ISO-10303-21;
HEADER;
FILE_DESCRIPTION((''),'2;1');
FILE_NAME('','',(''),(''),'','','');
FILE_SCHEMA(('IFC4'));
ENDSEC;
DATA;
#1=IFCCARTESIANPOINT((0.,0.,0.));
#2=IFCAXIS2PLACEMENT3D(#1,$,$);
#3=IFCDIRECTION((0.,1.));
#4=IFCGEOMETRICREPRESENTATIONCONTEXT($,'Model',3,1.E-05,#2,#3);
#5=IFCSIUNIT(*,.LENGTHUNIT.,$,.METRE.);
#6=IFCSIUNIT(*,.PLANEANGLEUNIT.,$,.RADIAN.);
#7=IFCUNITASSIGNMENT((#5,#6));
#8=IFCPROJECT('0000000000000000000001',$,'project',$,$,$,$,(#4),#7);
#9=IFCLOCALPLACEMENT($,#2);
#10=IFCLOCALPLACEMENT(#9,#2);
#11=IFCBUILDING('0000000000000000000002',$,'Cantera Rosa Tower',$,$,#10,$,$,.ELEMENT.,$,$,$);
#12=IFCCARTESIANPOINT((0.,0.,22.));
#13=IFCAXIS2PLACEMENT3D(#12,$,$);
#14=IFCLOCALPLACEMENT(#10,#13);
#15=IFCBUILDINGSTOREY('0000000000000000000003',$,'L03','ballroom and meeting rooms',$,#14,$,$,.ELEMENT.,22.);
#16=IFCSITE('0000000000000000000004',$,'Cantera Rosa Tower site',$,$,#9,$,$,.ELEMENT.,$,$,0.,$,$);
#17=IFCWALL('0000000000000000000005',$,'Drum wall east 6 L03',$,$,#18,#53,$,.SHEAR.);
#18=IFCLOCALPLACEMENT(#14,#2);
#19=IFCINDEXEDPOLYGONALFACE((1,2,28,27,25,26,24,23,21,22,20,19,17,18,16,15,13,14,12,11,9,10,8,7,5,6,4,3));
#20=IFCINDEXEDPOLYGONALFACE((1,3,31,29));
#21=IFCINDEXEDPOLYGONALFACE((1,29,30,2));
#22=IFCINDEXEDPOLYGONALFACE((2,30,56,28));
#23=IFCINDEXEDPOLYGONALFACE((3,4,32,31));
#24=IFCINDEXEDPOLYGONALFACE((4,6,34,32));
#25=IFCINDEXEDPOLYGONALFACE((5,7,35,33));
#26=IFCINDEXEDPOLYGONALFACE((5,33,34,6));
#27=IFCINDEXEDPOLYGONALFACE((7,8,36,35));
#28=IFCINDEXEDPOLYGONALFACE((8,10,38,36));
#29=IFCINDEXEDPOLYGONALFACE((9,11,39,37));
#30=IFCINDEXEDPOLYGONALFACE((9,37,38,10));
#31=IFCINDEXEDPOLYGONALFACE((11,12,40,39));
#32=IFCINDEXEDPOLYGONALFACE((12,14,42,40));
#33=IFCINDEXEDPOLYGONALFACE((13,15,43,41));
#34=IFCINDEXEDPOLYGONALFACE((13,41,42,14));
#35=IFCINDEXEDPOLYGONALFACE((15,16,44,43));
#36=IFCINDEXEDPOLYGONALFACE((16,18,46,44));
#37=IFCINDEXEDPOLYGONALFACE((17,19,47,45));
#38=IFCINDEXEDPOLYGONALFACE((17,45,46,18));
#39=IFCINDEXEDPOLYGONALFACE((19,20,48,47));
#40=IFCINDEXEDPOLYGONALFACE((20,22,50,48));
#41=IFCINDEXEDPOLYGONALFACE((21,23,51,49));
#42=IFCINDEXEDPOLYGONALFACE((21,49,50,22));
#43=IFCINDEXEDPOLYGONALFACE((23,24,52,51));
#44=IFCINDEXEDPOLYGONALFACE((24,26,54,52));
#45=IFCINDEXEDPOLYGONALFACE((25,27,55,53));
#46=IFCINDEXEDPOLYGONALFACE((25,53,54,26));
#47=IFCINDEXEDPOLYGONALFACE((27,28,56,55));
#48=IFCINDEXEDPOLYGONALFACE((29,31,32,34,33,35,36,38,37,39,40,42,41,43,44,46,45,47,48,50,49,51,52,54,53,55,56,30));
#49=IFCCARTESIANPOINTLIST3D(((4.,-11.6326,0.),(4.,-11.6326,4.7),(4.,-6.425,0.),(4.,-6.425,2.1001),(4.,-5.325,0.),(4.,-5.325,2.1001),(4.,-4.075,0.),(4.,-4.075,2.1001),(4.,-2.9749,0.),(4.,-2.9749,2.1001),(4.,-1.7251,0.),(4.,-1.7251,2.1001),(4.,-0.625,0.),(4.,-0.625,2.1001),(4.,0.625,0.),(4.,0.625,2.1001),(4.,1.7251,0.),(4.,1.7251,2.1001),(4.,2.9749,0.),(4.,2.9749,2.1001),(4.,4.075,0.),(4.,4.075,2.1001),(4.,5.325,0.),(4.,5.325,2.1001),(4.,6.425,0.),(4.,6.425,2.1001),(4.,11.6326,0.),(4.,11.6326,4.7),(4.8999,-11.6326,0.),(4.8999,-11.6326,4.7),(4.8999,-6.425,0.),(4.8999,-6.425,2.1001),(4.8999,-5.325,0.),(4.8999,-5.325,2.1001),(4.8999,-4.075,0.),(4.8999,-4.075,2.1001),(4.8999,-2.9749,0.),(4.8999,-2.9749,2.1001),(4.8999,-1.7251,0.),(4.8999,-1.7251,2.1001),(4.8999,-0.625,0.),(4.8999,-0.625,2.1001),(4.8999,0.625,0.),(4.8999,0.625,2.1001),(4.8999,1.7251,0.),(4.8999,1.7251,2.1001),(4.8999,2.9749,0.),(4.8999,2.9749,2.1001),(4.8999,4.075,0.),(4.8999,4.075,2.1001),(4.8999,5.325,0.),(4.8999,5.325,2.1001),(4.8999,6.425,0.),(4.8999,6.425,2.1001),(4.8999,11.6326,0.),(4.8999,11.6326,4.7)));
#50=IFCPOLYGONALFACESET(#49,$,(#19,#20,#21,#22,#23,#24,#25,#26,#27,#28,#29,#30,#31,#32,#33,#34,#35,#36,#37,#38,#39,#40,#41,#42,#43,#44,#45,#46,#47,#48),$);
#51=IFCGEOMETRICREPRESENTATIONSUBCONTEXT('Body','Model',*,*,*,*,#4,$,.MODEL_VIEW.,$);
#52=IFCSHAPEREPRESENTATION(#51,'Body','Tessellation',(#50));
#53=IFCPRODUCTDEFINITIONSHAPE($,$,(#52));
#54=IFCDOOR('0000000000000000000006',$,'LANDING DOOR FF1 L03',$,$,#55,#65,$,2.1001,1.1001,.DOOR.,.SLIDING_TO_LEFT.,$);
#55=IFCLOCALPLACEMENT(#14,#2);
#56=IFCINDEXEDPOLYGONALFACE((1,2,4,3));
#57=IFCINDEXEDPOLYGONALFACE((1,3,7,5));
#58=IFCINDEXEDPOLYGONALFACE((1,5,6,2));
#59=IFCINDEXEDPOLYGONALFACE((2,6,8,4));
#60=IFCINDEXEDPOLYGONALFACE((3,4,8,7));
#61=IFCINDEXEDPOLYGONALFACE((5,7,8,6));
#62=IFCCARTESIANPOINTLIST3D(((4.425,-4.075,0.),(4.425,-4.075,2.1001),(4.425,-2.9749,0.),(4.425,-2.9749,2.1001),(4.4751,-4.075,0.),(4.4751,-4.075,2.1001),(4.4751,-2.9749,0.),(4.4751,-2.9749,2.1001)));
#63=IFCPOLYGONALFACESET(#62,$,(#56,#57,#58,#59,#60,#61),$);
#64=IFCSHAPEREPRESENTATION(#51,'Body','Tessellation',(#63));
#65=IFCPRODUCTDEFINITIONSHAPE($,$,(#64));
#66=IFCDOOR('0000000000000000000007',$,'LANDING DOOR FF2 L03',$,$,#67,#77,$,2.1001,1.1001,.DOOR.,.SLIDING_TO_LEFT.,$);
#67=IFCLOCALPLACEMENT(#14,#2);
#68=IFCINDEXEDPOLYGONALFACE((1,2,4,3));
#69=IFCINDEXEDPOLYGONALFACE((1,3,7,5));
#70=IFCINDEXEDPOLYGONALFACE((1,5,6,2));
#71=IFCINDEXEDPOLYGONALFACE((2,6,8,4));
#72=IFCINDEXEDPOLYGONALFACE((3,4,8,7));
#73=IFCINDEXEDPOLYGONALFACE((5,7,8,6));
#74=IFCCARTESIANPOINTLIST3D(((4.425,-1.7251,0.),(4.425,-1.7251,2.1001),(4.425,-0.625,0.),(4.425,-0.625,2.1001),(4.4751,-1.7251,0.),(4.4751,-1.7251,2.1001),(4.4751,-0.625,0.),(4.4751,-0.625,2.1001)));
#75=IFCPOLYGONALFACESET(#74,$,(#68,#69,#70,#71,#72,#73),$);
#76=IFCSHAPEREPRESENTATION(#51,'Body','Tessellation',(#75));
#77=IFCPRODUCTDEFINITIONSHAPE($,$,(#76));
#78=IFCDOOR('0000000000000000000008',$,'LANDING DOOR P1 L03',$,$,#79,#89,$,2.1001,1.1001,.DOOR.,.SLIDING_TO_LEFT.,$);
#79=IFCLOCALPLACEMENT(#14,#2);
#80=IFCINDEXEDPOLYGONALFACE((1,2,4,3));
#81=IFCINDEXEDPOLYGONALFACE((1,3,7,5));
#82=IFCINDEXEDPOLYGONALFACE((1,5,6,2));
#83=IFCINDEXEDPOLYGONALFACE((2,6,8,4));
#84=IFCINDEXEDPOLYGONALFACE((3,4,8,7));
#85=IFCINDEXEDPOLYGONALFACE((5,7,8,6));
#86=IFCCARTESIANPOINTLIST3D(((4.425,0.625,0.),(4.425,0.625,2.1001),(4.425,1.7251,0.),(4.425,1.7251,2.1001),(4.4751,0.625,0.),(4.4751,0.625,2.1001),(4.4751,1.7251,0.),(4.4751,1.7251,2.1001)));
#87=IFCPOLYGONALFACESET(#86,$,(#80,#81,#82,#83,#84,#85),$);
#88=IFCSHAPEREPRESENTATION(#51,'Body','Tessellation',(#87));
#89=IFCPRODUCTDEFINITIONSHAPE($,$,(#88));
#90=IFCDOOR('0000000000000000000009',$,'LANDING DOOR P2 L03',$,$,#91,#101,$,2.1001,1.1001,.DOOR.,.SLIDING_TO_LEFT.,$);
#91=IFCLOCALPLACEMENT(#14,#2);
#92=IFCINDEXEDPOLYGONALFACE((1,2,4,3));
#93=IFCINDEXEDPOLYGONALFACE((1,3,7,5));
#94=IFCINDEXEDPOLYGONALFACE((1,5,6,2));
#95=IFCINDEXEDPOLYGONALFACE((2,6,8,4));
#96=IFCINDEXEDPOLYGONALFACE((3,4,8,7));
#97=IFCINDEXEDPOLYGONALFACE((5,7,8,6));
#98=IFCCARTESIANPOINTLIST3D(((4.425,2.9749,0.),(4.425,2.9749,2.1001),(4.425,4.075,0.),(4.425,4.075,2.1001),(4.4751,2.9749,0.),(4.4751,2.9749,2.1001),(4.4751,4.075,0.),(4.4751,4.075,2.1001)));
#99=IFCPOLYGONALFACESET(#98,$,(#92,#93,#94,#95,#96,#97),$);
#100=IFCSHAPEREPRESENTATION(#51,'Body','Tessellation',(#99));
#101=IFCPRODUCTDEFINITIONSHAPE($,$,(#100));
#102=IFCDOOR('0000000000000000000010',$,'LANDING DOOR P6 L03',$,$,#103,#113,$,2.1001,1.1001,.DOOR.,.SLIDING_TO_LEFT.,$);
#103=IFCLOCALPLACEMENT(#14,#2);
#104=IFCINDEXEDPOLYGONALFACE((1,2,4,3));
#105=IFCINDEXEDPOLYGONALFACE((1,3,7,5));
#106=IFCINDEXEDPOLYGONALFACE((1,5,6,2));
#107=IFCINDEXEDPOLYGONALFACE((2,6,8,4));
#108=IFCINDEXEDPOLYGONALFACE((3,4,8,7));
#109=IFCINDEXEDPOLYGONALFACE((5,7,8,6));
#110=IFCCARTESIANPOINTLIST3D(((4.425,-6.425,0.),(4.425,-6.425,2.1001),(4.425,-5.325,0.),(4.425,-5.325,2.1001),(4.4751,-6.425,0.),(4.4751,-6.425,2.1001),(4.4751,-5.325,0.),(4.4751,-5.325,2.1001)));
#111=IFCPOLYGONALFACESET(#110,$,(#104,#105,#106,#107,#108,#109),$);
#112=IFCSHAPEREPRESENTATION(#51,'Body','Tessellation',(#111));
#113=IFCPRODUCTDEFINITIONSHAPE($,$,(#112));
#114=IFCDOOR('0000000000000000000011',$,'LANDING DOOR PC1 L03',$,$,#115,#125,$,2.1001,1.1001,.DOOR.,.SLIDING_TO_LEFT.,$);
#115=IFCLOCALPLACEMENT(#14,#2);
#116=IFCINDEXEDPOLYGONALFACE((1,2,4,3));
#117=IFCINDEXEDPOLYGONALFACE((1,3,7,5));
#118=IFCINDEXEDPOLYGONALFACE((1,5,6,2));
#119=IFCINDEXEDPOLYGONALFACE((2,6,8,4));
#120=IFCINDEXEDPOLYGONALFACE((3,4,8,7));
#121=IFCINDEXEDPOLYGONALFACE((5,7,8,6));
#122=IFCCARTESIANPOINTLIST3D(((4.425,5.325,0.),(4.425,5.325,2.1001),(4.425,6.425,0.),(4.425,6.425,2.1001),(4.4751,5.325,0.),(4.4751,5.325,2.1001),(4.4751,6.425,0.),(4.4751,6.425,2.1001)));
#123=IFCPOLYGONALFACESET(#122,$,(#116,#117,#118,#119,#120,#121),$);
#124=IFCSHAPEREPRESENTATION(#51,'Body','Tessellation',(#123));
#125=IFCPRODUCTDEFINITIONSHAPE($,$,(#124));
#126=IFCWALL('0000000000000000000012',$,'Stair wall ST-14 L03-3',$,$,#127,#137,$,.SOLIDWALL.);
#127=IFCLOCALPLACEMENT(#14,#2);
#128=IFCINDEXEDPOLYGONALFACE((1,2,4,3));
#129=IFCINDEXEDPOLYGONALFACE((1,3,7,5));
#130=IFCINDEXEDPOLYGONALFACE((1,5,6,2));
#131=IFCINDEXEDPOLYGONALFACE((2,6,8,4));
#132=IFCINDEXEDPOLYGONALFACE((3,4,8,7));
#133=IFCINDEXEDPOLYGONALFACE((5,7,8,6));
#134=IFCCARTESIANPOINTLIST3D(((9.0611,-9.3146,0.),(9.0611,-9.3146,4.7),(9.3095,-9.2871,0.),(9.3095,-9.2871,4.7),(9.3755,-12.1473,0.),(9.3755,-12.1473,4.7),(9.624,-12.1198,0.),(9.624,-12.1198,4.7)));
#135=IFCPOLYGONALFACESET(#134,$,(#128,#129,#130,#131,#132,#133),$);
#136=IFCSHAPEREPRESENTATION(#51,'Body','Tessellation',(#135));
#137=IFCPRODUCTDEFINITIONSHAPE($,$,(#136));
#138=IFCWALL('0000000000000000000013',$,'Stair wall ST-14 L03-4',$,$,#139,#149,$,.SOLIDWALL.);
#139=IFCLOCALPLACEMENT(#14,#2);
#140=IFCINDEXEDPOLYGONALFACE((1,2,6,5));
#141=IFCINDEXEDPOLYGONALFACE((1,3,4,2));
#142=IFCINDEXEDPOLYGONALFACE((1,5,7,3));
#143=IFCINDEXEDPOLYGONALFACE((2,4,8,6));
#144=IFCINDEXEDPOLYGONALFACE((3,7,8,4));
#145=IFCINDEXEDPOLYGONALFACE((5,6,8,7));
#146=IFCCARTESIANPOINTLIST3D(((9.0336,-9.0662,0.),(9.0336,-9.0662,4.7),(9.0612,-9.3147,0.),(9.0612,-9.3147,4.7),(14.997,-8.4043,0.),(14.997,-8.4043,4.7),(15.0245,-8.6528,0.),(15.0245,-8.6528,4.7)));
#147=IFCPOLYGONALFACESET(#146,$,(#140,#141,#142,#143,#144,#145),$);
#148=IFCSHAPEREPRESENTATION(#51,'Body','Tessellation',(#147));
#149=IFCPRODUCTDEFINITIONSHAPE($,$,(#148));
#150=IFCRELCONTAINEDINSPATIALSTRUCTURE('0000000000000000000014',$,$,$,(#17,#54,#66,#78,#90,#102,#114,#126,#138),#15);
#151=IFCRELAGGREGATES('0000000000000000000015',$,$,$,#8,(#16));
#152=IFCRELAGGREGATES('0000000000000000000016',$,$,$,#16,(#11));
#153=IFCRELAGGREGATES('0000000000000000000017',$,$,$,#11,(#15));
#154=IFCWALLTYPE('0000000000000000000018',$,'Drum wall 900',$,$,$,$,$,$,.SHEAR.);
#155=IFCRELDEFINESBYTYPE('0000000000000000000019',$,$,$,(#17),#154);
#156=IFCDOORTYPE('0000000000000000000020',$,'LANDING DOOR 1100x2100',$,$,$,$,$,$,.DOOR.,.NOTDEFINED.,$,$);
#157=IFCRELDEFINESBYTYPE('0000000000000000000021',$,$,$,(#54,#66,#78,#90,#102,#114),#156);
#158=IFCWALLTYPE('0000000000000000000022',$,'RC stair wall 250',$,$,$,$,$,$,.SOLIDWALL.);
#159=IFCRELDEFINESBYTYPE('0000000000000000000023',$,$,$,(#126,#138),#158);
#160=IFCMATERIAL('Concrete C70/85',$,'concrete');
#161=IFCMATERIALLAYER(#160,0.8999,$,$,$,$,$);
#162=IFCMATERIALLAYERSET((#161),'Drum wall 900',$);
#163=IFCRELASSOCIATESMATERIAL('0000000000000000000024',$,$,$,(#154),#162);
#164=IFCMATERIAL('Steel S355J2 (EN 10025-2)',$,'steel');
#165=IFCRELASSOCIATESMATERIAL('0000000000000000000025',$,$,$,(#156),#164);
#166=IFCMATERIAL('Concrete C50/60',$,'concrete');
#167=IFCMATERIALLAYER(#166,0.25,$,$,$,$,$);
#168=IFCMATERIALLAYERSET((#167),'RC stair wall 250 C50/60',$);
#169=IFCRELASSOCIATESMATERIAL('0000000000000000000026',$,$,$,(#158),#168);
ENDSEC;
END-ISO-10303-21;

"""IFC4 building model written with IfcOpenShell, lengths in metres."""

from ifc_helpers import new_model, si_unit, direction, frame, frame_2d, origin, place, context, subcontext, project, spatial, rectangle, extrude, material, layer, layer_set, type_object, element, fill, save


model = new_model("IFC4")

# Units and contexts
model_context = context("Model", 3, precision=1e-05, world=origin(), true_north=direction((0.0, 1.0)))
body_context = subcontext(model_context, "Body", "Model", "MODEL_VIEW")
ifc_project = project(units=[si_unit("LENGTHUNIT", "METRE"), si_unit("PLANEANGLEUNIT", "RADIAN")], contexts=[model_context])

# Site, building, storey
site_placement = place(None, origin())
site = spatial("IfcSite", under=ifc_project, at=site_placement, Name="Cantera Rosa Tower site", CompositionType="ELEMENT", RefElevation=0.0)
building_placement = place(site_placement, origin())
building = spatial("IfcBuilding", under=site, at=building_placement, Name="Cantera Rosa Tower", CompositionType="ELEMENT")
storey_placement = place(building_placement, frame((0.0, 0.0, 22.0)))
storey = spatial("IfcBuildingStorey", under=building, at=storey_placement, Name="L03", Description="ballroom and meeting rooms", CompositionType="ELEMENT", Elevation=22.0)

# Wall, openings, doors
ifc_material_1 = material(Name="Concrete C70/85", Category="concrete")
ifc_layer_1 = layer(ifc_material_1, 0.8999)
ifc_layer_set_1 = layer_set([ifc_layer_1], Name="Drum wall 900")
wall_type_1 = type_object("IfcWallType", Name="Drum wall 900", PredefinedType="SHEAR", material=ifc_layer_set_1)
wall_1_placement = place(storey_placement, frame((4.45, -11.6326, 0.0), z_axis=(0.0, 0.0, 1.0), x_axis=(0.0, 1.0, 0.0)))
wall_1 = element("IfcWall", 1, at=wall_1_placement, inside=storey, type_object=wall_type_1, Name="Drum wall east 6 L03", PredefinedType="SHEAR", context=body_context, shape_type="SweptSolid", body=[
    extrude(rectangle(XDim=23.2651, YDim=0.8999, at=frame_2d((11.6326, 0.0))), origin(), (0.0, 0.0, 1.0), 4.7),
])
opening_1_placement = place(wall_1_placement, frame((7.5576, 0.0, 0.0)))
opening_1 = element("IfcOpeningElement", 2, at=opening_1_placement, cuts=wall_1, PredefinedType="OPENING", context=body_context, shape_type="SweptSolid", body=[
    extrude(rectangle(XDim=1.1001, YDim=2.1001, at=frame_2d((0.55, 1.05))), frame((0.0, 0.46, 0.0), z_axis=(0.0, -1.0, 0.0), x_axis=(1.0, 0.0, 0.0)), (0.0, 0.0, 1.0), 0.9199),
])
opening_2_placement = place(wall_1_placement, frame((9.9075, 0.0, 0.0)))
opening_2 = element("IfcOpeningElement", 3, at=opening_2_placement, cuts=wall_1, PredefinedType="OPENING", context=body_context, shape_type="SweptSolid", body=[
    extrude(rectangle(XDim=1.1001, YDim=2.1001, at=frame_2d((0.55, 1.05))), frame((0.0, 0.46, 0.0), z_axis=(0.0, -1.0, 0.0), x_axis=(1.0, 0.0, 0.0)), (0.0, 0.0, 1.0), 0.9199),
])
opening_3_placement = place(wall_1_placement, frame((12.2576, 0.0, 0.0)))
opening_3 = element("IfcOpeningElement", 4, at=opening_3_placement, cuts=wall_1, PredefinedType="OPENING", context=body_context, shape_type="SweptSolid", body=[
    extrude(rectangle(XDim=1.1001, YDim=2.1001, at=frame_2d((0.55, 1.05))), frame((0.0, 0.46, 0.0), z_axis=(0.0, -1.0, 0.0), x_axis=(1.0, 0.0, 0.0)), (0.0, 0.0, 1.0), 0.9199),
])
opening_4_placement = place(wall_1_placement, frame((14.6074, 0.0, 0.0)))
opening_4 = element("IfcOpeningElement", 5, at=opening_4_placement, cuts=wall_1, PredefinedType="OPENING", context=body_context, shape_type="SweptSolid", body=[
    extrude(rectangle(XDim=1.1001, YDim=2.1001, at=frame_2d((0.55, 1.05))), frame((0.0, 0.46, 0.0), z_axis=(0.0, -1.0, 0.0), x_axis=(1.0, 0.0, 0.0)), (0.0, 0.0, 1.0), 0.9199),
])
opening_5_placement = place(wall_1_placement, frame((5.2075, 0.0, 0.0)))
opening_5 = element("IfcOpeningElement", 6, at=opening_5_placement, cuts=wall_1, PredefinedType="OPENING", context=body_context, shape_type="SweptSolid", body=[
    extrude(rectangle(XDim=1.1001, YDim=2.1001, at=frame_2d((0.55, 1.05))), frame((0.0, 0.46, 0.0), z_axis=(0.0, -1.0, 0.0), x_axis=(1.0, 0.0, 0.0)), (0.0, 0.0, 1.0), 0.9199),
])
opening_6_placement = place(wall_1_placement, frame((16.9575, 0.0, 0.0)))
opening_6 = element("IfcOpeningElement", 7, at=opening_6_placement, cuts=wall_1, PredefinedType="OPENING", context=body_context, shape_type="SweptSolid", body=[
    extrude(rectangle(XDim=1.1001, YDim=2.1001, at=frame_2d((0.55, 1.05))), frame((0.0, 0.46, 0.0), z_axis=(0.0, -1.0, 0.0), x_axis=(1.0, 0.0, 0.0)), (0.0, 0.0, 1.0), 0.9199),
])
ifc_material_2 = material(Name="Steel S355J2 (EN 10025-2)", Category="steel")
door_type_1 = type_object("IfcDoorType", Name="LANDING DOOR 1100x2100", OperationType="NOTDEFINED", PredefinedType="DOOR", material=ifc_material_2)
door_1_placement = place(opening_1_placement, origin())
door_1 = element("IfcDoor", 8, at=door_1_placement, inside=storey, type_object=door_type_1, Name="LANDING DOOR FF1 L03", OperationType="SLIDING_TO_LEFT", OverallHeight=2.1001, OverallWidth=1.1001, PredefinedType="DOOR", context=body_context, shape_type="SweptSolid", body=[
    extrude(rectangle(XDim=1.1001, YDim=2.1001, at=frame_2d((0.55, 1.05))), frame((0.0, 0.0249, 0.0), z_axis=(0.0, -1.0, 0.0), x_axis=(1.0, 0.0, 0.0)), (0.0, 0.0, 1.0), 0.05),
])
fill(opening_1, door_1)
door_2_placement = place(opening_2_placement, origin())
door_2 = element("IfcDoor", 9, at=door_2_placement, inside=storey, type_object=door_type_1, Name="LANDING DOOR FF2 L03", OperationType="SLIDING_TO_LEFT", OverallHeight=2.1001, OverallWidth=1.1001, PredefinedType="DOOR", context=body_context, shape_type="SweptSolid", body=[
    extrude(rectangle(XDim=1.1001, YDim=2.1001, at=frame_2d((0.55, 1.05))), frame((0.0, 0.0249, 0.0), z_axis=(0.0, -1.0, 0.0), x_axis=(1.0, 0.0, 0.0)), (0.0, 0.0, 1.0), 0.05),
])
fill(opening_2, door_2)
door_3_placement = place(opening_3_placement, origin())
door_3 = element("IfcDoor", 10, at=door_3_placement, inside=storey, type_object=door_type_1, Name="LANDING DOOR P1 L03", OperationType="SLIDING_TO_LEFT", OverallHeight=2.1001, OverallWidth=1.1001, PredefinedType="DOOR", context=body_context, shape_type="SweptSolid", body=[
    extrude(rectangle(XDim=1.1001, YDim=2.1001, at=frame_2d((0.55, 1.05))), frame((0.0, 0.0249, 0.0), z_axis=(0.0, -1.0, 0.0), x_axis=(1.0, 0.0, 0.0)), (0.0, 0.0, 1.0), 0.05),
])
fill(opening_3, door_3)
door_4_placement = place(opening_4_placement, origin())
door_4 = element("IfcDoor", 11, at=door_4_placement, inside=storey, type_object=door_type_1, Name="LANDING DOOR P2 L03", OperationType="SLIDING_TO_LEFT", OverallHeight=2.1001, OverallWidth=1.1001, PredefinedType="DOOR", context=body_context, shape_type="SweptSolid", body=[
    extrude(rectangle(XDim=1.1001, YDim=2.1001, at=frame_2d((0.55, 1.05))), frame((0.0, 0.0249, 0.0), z_axis=(0.0, -1.0, 0.0), x_axis=(1.0, 0.0, 0.0)), (0.0, 0.0, 1.0), 0.05),
])
fill(opening_4, door_4)
door_5_placement = place(opening_5_placement, origin())
door_5 = element("IfcDoor", 12, at=door_5_placement, inside=storey, type_object=door_type_1, Name="LANDING DOOR P6 L03", OperationType="SLIDING_TO_LEFT", OverallHeight=2.1001, OverallWidth=1.1001, PredefinedType="DOOR", context=body_context, shape_type="SweptSolid", body=[
    extrude(rectangle(XDim=1.1001, YDim=2.1001, at=frame_2d((0.55, 1.05))), frame((0.0, 0.0249, 0.0), z_axis=(0.0, -1.0, 0.0), x_axis=(1.0, 0.0, 0.0)), (0.0, 0.0, 1.0), 0.05),
])
fill(opening_5, door_5)
door_6_placement = place(opening_6_placement, origin())
door_6 = element("IfcDoor", 13, at=door_6_placement, inside=storey, type_object=door_type_1, Name="LANDING DOOR PC1 L03", OperationType="SLIDING_TO_LEFT", OverallHeight=2.1001, OverallWidth=1.1001, PredefinedType="DOOR", context=body_context, shape_type="SweptSolid", body=[
    extrude(rectangle(XDim=1.1001, YDim=2.1001, at=frame_2d((0.55, 1.05))), frame((0.0, 0.0249, 0.0), z_axis=(0.0, -1.0, 0.0), x_axis=(1.0, 0.0, 0.0)), (0.0, 0.0, 1.0), 0.05),
])
fill(opening_6, door_6)

# Walls
ifc_material_3 = material(Name="Concrete C50/60", Category="concrete")
ifc_layer_2 = layer(ifc_material_3, 0.25)
ifc_layer_set_2 = layer_set([ifc_layer_2], Name="RC stair wall 250 C50/60")
wall_type_2 = type_object("IfcWallType", Name="RC stair wall 250", PredefinedType="SOLIDWALL", material=ifc_layer_set_2)
wall_2_placement = place(storey_placement, frame((9.4998, -12.1335, 0.0), z_axis=(0.0, 0.0, 1.0), x_axis=(-0.110328, 0.993895, 0.0)))
element("IfcWall", 14, at=wall_2_placement, inside=storey, type_object=wall_type_2, Name="Stair wall ST-14 L03-3", PredefinedType="SOLIDWALL", context=body_context, shape_type="SweptSolid", body=[
    extrude(rectangle(XDim=2.8501, YDim=0.25, at=frame_2d((1.425, 0.0))), origin(), (0.0, 0.0, 1.0), 4.7),
])
wall_3_placement = place(storey_placement, frame((9.0474, -9.1904, 0.0), z_axis=(0.0, 0.0, 1.0), x_axis=(0.993897, 0.110311, 0.0)))
element("IfcWall", 15, at=wall_3_placement, inside=storey, type_object=wall_type_2, Name="Stair wall ST-14 L03-4", PredefinedType="SOLIDWALL", context=body_context, shape_type="SweptSolid", body=[
    extrude(rectangle(XDim=6.0, YDim=0.25, at=frame_2d((3.0, 0.0))), origin(), (0.0, 0.0, 1.0), 4.7),
])

save(model, "model.ifc")
